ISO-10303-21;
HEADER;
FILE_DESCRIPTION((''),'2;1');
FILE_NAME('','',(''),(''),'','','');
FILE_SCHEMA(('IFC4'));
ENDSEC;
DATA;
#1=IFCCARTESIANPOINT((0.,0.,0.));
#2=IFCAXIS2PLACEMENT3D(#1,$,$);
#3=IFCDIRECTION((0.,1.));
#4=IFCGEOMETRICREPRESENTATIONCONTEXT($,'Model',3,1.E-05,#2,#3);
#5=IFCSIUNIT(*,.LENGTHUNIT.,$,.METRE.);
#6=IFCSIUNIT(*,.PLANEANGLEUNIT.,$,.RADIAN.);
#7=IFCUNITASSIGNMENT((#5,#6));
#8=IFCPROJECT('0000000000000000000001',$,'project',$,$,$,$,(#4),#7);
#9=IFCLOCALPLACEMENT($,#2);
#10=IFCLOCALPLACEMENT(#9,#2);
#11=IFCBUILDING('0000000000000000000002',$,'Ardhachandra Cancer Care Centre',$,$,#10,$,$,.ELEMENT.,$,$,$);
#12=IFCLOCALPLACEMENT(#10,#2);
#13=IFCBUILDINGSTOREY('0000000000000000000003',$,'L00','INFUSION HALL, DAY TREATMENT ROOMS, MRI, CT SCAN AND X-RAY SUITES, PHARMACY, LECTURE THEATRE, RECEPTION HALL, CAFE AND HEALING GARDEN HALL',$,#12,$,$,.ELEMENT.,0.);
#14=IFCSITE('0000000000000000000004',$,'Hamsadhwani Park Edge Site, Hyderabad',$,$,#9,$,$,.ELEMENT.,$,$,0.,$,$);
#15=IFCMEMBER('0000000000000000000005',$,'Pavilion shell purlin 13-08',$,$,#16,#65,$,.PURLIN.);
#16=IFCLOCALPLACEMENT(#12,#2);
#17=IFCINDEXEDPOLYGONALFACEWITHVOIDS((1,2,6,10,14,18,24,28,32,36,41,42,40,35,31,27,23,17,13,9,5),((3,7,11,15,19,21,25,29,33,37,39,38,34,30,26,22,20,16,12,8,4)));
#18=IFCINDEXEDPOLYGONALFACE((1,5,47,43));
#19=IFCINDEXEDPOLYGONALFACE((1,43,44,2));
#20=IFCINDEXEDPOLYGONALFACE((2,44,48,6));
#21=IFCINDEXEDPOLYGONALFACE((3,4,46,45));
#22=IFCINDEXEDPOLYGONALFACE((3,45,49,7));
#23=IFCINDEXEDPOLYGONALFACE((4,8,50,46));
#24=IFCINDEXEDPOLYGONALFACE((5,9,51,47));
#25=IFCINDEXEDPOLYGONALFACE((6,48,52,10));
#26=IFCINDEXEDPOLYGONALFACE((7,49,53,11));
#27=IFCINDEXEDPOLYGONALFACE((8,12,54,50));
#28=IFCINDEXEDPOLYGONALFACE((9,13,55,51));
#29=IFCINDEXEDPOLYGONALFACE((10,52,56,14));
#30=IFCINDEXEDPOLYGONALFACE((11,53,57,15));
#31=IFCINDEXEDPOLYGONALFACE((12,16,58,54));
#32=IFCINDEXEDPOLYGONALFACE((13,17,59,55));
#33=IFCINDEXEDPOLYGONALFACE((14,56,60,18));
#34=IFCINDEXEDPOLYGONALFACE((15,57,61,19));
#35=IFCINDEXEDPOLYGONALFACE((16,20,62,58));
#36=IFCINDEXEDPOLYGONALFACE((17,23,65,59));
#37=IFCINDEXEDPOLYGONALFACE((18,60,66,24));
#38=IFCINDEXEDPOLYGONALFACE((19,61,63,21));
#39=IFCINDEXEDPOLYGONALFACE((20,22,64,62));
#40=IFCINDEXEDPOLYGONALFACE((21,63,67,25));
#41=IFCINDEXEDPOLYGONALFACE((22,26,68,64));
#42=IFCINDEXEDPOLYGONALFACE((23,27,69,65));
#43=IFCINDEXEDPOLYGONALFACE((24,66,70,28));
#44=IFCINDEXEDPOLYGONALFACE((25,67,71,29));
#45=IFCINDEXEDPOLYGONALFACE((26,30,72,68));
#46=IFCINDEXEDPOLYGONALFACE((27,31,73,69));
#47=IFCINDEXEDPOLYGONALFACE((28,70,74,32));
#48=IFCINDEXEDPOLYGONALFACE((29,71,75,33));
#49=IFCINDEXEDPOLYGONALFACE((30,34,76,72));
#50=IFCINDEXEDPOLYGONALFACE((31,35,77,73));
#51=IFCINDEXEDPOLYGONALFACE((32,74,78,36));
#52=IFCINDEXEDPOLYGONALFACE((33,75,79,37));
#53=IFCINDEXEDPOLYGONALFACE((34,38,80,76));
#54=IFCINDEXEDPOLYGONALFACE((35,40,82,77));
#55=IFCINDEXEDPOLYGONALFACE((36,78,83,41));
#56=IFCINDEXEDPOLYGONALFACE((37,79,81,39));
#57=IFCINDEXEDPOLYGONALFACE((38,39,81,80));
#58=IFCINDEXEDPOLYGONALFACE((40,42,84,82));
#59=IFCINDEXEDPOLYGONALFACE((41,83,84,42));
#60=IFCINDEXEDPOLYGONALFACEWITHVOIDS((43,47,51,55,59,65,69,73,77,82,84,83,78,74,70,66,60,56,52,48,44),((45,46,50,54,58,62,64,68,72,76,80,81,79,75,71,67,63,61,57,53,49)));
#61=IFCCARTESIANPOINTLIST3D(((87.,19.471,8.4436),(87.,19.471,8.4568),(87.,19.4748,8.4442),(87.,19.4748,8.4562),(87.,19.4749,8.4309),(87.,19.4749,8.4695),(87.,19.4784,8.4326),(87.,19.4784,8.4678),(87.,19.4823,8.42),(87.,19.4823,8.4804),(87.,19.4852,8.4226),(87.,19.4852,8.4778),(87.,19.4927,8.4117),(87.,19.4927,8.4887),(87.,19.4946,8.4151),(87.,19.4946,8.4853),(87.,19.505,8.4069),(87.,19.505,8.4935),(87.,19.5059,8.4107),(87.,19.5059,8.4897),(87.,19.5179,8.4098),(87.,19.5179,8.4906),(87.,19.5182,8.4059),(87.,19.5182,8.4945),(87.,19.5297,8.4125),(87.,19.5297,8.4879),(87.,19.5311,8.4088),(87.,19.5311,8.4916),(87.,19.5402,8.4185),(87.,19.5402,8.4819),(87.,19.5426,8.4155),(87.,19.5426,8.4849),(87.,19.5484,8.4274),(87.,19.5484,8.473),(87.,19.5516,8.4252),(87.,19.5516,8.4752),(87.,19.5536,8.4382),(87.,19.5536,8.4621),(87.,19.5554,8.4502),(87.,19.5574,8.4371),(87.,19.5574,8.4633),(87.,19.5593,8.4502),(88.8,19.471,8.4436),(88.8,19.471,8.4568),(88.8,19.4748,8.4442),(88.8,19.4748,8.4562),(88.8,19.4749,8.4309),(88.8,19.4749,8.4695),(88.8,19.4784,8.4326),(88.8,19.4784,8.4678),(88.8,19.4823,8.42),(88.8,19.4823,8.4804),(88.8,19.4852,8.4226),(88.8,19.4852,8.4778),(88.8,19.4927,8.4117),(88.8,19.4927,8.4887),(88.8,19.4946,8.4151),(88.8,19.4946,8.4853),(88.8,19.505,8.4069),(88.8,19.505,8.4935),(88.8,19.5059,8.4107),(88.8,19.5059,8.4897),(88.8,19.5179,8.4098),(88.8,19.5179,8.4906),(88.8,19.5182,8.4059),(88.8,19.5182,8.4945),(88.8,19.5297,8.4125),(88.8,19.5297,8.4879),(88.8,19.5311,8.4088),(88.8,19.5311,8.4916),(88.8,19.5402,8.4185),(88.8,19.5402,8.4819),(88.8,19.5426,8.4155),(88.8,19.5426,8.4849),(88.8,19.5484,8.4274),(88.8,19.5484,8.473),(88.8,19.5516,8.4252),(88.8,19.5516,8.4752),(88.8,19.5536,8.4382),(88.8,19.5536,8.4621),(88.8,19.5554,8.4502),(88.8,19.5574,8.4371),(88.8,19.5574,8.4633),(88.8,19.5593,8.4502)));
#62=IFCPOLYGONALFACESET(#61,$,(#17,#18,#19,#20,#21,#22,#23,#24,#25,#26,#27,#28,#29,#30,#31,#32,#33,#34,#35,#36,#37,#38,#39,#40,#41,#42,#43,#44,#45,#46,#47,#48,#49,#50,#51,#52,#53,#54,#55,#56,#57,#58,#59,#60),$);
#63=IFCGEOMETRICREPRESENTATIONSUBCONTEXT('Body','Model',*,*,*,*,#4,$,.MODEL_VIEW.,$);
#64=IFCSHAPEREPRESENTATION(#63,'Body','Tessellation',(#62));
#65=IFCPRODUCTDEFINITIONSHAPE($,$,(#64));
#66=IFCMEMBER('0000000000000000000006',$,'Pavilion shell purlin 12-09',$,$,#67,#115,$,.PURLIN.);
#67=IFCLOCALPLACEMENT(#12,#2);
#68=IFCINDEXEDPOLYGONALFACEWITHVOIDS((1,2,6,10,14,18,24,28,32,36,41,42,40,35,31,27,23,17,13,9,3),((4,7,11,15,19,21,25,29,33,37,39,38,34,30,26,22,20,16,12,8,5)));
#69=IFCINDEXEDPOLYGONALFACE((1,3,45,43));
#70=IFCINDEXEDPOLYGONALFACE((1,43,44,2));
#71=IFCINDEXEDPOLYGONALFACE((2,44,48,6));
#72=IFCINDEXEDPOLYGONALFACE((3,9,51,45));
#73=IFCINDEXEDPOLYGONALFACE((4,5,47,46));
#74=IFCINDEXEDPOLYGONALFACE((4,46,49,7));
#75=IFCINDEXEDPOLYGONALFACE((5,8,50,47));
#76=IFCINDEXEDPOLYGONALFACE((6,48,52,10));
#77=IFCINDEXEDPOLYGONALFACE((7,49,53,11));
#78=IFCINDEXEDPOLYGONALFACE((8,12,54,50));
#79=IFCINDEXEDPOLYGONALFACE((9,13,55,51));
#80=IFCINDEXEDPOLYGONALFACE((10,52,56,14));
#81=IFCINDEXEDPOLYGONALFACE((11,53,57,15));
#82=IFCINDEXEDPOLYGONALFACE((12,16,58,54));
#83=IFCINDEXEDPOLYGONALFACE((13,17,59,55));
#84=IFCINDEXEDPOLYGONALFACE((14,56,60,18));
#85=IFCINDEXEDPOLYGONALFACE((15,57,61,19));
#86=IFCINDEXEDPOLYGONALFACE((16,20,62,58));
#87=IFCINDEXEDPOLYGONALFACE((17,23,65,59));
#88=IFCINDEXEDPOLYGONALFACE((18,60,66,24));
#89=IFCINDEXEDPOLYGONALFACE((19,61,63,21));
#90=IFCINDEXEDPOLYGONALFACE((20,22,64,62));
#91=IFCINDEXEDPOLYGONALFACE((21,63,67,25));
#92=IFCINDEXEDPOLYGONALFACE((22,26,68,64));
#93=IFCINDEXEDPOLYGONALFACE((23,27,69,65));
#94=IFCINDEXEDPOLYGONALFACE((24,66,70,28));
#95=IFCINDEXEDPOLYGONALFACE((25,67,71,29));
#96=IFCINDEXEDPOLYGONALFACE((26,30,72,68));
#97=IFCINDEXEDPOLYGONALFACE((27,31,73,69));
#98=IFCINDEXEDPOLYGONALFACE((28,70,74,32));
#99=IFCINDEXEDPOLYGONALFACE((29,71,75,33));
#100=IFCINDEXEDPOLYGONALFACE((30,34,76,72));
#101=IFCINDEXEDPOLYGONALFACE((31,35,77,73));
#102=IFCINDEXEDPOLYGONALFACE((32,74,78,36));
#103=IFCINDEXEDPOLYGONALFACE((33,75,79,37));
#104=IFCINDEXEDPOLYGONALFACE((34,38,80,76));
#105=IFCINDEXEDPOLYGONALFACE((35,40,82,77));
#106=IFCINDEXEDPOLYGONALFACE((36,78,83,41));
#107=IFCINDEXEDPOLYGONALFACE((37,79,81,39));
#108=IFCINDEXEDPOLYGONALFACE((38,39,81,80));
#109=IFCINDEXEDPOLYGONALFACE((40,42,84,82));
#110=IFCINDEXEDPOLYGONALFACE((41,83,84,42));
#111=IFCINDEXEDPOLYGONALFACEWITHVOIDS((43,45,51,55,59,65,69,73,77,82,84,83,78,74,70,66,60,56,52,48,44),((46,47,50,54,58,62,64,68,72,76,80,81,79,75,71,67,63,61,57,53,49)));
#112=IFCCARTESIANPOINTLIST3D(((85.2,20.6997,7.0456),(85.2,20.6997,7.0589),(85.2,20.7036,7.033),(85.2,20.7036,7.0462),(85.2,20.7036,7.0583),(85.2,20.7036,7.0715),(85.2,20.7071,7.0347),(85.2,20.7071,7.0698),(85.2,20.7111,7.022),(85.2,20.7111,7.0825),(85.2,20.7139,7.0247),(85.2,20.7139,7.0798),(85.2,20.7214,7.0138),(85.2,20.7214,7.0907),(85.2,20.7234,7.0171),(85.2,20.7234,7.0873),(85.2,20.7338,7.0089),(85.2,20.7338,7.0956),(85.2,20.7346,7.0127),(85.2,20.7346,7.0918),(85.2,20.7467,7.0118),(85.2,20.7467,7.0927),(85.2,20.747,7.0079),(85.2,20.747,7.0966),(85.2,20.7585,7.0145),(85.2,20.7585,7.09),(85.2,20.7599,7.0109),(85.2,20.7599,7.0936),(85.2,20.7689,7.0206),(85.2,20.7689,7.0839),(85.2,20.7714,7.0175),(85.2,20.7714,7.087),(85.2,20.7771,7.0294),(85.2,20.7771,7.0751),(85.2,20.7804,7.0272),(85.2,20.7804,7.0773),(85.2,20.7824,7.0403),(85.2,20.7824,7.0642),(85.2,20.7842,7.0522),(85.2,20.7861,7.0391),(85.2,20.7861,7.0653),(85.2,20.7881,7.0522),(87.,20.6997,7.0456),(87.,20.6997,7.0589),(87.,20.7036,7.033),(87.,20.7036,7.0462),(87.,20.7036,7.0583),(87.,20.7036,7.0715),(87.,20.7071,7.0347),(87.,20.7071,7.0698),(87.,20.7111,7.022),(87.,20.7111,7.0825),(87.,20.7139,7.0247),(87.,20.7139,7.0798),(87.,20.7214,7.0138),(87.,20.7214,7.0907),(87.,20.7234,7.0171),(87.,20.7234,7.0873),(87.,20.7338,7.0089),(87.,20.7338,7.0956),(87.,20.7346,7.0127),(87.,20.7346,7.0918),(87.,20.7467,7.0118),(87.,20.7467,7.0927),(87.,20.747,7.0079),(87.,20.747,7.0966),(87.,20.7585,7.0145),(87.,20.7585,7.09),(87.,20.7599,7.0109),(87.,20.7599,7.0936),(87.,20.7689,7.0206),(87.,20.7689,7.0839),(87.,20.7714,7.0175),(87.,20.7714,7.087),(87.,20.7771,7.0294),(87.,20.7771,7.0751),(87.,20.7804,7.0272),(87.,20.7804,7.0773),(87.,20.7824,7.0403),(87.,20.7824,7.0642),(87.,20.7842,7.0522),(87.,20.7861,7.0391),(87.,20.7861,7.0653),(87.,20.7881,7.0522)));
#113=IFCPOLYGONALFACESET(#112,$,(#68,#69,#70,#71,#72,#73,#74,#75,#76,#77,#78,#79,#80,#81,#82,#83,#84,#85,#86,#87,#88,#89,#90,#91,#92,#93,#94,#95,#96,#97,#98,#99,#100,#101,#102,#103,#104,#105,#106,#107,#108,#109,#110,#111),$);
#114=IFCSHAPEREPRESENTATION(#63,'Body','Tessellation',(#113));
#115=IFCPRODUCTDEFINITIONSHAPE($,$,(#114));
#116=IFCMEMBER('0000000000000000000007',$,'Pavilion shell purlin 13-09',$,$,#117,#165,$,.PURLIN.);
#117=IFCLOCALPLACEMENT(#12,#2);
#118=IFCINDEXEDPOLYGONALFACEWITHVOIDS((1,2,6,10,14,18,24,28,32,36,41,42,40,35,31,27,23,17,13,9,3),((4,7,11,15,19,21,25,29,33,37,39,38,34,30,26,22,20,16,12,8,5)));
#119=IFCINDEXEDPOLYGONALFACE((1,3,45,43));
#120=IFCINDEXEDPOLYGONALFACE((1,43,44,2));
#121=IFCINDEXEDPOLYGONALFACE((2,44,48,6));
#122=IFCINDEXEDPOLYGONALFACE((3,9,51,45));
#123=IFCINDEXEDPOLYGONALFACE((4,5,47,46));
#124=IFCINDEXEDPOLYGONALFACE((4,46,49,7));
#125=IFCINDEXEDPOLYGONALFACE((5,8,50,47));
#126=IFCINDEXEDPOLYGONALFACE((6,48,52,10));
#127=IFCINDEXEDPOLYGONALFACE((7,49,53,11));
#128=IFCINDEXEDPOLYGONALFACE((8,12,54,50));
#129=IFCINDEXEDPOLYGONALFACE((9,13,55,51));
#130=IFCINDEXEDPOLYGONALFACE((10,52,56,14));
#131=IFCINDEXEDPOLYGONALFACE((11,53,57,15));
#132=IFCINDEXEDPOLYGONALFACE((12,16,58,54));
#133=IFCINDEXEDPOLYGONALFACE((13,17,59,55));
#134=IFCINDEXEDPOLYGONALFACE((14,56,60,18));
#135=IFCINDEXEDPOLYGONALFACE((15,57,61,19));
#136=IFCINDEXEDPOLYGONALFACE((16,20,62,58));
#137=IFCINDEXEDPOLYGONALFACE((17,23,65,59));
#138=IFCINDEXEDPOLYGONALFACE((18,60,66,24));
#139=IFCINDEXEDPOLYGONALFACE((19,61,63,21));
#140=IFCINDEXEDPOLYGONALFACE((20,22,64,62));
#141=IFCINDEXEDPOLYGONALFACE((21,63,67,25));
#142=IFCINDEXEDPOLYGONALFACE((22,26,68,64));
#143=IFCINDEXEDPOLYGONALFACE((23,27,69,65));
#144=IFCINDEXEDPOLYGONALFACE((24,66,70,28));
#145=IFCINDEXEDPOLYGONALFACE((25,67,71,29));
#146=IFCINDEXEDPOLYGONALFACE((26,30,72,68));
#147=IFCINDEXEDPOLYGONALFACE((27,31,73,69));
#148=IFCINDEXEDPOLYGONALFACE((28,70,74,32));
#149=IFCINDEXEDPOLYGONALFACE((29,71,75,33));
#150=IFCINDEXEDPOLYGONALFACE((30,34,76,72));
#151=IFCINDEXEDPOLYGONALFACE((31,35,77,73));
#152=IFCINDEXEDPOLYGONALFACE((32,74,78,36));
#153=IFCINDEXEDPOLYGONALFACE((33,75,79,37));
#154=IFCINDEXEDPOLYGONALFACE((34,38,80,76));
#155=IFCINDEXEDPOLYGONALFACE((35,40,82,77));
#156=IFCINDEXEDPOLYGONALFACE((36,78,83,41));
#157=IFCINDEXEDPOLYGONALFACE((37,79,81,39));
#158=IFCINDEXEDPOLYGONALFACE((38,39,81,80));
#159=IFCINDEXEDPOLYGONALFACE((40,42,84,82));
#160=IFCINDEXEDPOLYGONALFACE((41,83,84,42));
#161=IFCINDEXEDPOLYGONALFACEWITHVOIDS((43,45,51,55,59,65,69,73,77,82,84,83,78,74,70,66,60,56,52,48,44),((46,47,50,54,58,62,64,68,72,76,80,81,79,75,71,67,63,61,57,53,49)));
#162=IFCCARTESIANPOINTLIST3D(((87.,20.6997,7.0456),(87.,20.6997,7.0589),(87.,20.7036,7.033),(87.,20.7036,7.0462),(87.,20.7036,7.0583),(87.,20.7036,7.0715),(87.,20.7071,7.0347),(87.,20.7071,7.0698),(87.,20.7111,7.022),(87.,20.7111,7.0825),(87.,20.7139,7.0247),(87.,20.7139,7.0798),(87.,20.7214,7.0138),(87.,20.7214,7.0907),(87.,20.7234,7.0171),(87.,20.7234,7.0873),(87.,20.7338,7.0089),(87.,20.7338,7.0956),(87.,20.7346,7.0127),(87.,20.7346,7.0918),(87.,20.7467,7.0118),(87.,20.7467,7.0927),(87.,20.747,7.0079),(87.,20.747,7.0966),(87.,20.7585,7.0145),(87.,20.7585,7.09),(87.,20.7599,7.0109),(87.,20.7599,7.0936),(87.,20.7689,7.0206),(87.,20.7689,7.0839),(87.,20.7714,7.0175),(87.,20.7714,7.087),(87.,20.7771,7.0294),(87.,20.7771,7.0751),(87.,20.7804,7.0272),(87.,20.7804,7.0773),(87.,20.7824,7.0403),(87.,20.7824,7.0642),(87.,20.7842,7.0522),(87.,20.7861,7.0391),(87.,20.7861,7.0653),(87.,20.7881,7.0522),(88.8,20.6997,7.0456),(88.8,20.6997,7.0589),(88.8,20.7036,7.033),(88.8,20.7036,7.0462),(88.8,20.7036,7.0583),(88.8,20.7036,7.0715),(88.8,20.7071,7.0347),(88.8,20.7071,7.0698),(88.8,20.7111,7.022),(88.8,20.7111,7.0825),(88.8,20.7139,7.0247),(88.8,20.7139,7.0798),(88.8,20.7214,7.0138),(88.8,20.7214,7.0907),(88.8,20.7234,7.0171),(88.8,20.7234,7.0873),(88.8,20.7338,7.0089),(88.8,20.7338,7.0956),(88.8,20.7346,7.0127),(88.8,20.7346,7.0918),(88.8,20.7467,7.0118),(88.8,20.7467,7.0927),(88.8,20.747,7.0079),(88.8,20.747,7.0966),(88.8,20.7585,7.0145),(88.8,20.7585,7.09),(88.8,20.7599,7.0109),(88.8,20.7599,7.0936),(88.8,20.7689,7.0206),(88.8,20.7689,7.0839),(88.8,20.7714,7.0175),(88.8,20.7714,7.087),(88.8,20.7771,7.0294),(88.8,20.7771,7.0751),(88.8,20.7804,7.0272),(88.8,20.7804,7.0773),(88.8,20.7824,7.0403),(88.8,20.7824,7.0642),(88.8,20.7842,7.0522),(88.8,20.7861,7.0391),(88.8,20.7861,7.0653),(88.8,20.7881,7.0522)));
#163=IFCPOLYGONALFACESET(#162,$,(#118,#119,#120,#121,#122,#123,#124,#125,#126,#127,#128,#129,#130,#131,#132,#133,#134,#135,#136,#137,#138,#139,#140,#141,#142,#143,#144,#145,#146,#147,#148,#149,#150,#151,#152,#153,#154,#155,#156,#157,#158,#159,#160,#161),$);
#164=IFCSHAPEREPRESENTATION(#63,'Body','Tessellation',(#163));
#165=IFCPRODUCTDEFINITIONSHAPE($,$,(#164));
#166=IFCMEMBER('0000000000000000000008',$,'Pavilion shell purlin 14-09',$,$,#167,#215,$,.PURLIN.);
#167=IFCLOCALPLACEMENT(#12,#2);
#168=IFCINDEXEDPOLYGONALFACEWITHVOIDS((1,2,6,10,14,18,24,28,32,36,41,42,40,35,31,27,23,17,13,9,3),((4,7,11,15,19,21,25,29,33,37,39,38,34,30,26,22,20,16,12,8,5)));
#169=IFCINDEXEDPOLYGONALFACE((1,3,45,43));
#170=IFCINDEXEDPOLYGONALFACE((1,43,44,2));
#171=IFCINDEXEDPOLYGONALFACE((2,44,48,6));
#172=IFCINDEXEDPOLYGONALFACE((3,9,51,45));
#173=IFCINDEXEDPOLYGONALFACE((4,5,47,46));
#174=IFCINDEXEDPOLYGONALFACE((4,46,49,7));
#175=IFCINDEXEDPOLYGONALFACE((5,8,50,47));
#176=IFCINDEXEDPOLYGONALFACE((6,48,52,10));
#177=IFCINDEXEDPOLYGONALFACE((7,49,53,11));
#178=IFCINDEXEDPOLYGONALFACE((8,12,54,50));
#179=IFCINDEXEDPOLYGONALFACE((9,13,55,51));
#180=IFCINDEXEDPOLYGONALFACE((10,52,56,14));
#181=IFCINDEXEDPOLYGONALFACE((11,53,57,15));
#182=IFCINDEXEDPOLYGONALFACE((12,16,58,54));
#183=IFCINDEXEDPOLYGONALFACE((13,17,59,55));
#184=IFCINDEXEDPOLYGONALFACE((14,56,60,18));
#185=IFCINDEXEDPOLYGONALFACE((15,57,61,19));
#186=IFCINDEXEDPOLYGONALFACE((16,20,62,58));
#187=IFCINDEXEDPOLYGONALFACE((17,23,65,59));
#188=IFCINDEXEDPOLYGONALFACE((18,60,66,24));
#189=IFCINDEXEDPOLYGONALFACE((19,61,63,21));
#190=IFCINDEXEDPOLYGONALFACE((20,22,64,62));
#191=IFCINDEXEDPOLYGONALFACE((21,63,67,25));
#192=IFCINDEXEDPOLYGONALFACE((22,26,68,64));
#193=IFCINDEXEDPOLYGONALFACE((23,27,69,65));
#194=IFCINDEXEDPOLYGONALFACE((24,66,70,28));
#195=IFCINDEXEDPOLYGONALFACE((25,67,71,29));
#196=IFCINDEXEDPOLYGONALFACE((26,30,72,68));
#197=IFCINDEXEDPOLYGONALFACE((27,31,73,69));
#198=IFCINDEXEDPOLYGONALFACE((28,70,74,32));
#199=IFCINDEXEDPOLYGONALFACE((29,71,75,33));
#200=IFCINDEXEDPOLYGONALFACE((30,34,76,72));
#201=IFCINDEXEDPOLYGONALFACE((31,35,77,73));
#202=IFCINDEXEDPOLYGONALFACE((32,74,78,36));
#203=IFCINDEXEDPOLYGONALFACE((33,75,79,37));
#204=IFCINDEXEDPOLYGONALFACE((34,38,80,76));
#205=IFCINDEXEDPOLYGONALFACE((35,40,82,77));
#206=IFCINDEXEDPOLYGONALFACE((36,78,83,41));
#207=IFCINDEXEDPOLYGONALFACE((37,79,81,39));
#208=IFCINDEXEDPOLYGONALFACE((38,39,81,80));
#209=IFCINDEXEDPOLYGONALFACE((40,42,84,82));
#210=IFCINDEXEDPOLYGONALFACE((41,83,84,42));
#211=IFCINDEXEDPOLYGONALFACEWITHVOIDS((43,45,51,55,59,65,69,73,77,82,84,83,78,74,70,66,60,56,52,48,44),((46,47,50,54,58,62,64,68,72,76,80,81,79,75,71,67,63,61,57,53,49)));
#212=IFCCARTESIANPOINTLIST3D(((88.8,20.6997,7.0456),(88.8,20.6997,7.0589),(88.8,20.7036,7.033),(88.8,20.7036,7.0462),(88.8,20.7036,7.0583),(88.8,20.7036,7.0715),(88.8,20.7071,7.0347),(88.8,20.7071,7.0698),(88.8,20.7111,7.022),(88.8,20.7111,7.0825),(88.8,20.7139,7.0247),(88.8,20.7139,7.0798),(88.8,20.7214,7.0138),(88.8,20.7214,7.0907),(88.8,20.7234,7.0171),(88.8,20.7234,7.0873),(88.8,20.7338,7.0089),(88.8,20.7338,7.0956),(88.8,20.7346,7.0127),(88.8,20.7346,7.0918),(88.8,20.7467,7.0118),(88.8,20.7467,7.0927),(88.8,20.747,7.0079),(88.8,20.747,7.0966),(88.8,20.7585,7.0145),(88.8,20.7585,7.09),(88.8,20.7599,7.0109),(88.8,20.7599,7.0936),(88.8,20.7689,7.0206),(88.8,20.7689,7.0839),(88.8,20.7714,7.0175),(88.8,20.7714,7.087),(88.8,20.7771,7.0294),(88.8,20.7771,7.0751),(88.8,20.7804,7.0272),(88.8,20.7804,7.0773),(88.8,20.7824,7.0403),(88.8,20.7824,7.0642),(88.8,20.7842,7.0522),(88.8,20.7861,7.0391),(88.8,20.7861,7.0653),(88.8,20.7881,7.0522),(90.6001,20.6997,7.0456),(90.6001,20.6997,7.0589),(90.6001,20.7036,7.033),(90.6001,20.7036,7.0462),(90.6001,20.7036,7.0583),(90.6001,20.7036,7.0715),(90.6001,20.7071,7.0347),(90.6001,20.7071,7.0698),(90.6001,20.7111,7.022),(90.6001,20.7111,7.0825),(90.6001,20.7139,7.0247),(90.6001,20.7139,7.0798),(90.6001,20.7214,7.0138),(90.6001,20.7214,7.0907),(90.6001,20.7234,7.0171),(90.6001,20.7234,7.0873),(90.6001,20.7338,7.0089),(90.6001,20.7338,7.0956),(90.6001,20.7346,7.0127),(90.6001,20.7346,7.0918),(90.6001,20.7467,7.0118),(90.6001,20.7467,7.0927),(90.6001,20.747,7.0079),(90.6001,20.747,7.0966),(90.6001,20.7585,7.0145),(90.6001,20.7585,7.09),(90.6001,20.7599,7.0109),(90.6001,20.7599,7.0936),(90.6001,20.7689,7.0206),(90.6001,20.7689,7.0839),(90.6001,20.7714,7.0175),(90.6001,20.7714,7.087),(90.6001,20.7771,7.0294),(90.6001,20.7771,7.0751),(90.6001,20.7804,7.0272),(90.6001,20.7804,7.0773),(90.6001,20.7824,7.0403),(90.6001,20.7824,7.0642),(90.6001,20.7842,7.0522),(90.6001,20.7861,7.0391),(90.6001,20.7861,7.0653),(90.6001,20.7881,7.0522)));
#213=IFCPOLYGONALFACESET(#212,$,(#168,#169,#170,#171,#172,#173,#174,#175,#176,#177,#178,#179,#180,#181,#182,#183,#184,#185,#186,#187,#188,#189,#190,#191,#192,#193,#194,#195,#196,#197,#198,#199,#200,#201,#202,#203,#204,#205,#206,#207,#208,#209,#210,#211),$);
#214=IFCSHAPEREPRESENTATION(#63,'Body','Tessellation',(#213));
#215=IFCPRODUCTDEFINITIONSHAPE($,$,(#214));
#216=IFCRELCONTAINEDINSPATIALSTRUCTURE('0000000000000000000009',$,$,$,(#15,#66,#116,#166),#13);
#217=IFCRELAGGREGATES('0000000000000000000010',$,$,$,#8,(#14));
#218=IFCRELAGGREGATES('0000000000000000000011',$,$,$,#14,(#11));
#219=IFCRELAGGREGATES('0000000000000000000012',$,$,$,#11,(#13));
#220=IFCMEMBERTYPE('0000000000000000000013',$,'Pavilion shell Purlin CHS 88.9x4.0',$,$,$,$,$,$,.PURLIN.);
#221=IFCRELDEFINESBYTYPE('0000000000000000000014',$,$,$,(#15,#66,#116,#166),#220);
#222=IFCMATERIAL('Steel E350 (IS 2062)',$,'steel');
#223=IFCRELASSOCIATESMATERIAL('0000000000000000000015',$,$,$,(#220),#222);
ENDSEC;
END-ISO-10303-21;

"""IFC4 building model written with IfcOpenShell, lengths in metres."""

from ifc_helpers import new_model, si_unit, direction, frame, origin, origin_2d, place, context, subcontext, project, spatial, hollow_circle, extrude, material, material_profile, profile_set, type_object, element, save


model = new_model("IFC4")

# Units and contexts
model_context = context("Model", 3, precision=1e-05, world=origin(), true_north=direction((0.0, 1.0)))
body_context = subcontext(model_context, "Body", "Model", "MODEL_VIEW")
ifc_project = project(units=[si_unit("LENGTHUNIT", "METRE"), si_unit("PLANEANGLEUNIT", "RADIAN")], contexts=[model_context])

# Site, building, storey
site_placement = place(None, origin())
site = spatial("IfcSite", under=ifc_project, at=site_placement, Name="Hamsadhwani Park Edge Site, Hyderabad", CompositionType="ELEMENT", RefElevation=0.0)
building_placement = place(site_placement, origin())
building = spatial("IfcBuilding", under=site, at=building_placement, Name="Ardhachandra Cancer Care Centre", CompositionType="ELEMENT")
storey_placement = place(building_placement, origin())
storey = spatial("IfcBuildingStorey", under=building, at=storey_placement, Name="L00", Description="INFUSION HALL, DAY TREATMENT ROOMS, MRI, CT SCAN AND X-RAY SUITES, PHARMACY, LECTURE THEATRE, RECEPTION HALL, CAFE AND HEALING GARDEN HALL", CompositionType="ELEMENT", Elevation=0.0)

# Members
ifc_material_1 = material(Name="Steel E350 (IS 2062)", Category="steel")
ifc_material_profile_1 = material_profile(ifc_material_1, hollow_circle(Radius=0.0444, WallThickness=0.0039, at=origin_2d()), Name="CHS 88.9x4.0")
ifc_profile_set_1 = profile_set([ifc_material_profile_1], Name="Steel E350 (IS 2062)")
member_type_1 = type_object("IfcMemberType", Name="Pavilion shell Purlin CHS 88.9x4.0", PredefinedType="PURLIN", material=ifc_profile_set_1)
for number, where, z_axis, x_axis, name in (
    (1, (87.0, 19.5149, 8.4502), (1.0, 0.0, 0.0), (0.0, 1.0, 0.0), "Pavilion shell purlin 13-08"),
    (2, (85.2, 20.7437, 7.0522), (1.0, 0.0, 0.0), (0.0, 1.0, 0.0), "Pavilion shell purlin 12-09"),
    (3, (87.0, 20.7437, 7.0522), (1.0, 0.0, 0.0), (0.0, 1.0, 0.0), "Pavilion shell purlin 13-09"),
    (4, (88.8, 20.7437, 7.0522), (1.0, 0.0, 0.0), (0.0, 1.0, 0.0), "Pavilion shell purlin 14-09"),
):
    element("IfcMember", number, at=place(storey_placement, frame(where, z_axis=z_axis, x_axis=x_axis)), inside=storey, type_object=member_type_1, Name=name, PredefinedType="PURLIN", context=body_context, shape_type="SweptSolid", body=[
        extrude(hollow_circle(Radius=0.0444, WallThickness=0.0039, at=origin_2d()), origin(), (0.0, 0.0, 1.0), 1.8),
    ])

save(model, "model.ifc")
